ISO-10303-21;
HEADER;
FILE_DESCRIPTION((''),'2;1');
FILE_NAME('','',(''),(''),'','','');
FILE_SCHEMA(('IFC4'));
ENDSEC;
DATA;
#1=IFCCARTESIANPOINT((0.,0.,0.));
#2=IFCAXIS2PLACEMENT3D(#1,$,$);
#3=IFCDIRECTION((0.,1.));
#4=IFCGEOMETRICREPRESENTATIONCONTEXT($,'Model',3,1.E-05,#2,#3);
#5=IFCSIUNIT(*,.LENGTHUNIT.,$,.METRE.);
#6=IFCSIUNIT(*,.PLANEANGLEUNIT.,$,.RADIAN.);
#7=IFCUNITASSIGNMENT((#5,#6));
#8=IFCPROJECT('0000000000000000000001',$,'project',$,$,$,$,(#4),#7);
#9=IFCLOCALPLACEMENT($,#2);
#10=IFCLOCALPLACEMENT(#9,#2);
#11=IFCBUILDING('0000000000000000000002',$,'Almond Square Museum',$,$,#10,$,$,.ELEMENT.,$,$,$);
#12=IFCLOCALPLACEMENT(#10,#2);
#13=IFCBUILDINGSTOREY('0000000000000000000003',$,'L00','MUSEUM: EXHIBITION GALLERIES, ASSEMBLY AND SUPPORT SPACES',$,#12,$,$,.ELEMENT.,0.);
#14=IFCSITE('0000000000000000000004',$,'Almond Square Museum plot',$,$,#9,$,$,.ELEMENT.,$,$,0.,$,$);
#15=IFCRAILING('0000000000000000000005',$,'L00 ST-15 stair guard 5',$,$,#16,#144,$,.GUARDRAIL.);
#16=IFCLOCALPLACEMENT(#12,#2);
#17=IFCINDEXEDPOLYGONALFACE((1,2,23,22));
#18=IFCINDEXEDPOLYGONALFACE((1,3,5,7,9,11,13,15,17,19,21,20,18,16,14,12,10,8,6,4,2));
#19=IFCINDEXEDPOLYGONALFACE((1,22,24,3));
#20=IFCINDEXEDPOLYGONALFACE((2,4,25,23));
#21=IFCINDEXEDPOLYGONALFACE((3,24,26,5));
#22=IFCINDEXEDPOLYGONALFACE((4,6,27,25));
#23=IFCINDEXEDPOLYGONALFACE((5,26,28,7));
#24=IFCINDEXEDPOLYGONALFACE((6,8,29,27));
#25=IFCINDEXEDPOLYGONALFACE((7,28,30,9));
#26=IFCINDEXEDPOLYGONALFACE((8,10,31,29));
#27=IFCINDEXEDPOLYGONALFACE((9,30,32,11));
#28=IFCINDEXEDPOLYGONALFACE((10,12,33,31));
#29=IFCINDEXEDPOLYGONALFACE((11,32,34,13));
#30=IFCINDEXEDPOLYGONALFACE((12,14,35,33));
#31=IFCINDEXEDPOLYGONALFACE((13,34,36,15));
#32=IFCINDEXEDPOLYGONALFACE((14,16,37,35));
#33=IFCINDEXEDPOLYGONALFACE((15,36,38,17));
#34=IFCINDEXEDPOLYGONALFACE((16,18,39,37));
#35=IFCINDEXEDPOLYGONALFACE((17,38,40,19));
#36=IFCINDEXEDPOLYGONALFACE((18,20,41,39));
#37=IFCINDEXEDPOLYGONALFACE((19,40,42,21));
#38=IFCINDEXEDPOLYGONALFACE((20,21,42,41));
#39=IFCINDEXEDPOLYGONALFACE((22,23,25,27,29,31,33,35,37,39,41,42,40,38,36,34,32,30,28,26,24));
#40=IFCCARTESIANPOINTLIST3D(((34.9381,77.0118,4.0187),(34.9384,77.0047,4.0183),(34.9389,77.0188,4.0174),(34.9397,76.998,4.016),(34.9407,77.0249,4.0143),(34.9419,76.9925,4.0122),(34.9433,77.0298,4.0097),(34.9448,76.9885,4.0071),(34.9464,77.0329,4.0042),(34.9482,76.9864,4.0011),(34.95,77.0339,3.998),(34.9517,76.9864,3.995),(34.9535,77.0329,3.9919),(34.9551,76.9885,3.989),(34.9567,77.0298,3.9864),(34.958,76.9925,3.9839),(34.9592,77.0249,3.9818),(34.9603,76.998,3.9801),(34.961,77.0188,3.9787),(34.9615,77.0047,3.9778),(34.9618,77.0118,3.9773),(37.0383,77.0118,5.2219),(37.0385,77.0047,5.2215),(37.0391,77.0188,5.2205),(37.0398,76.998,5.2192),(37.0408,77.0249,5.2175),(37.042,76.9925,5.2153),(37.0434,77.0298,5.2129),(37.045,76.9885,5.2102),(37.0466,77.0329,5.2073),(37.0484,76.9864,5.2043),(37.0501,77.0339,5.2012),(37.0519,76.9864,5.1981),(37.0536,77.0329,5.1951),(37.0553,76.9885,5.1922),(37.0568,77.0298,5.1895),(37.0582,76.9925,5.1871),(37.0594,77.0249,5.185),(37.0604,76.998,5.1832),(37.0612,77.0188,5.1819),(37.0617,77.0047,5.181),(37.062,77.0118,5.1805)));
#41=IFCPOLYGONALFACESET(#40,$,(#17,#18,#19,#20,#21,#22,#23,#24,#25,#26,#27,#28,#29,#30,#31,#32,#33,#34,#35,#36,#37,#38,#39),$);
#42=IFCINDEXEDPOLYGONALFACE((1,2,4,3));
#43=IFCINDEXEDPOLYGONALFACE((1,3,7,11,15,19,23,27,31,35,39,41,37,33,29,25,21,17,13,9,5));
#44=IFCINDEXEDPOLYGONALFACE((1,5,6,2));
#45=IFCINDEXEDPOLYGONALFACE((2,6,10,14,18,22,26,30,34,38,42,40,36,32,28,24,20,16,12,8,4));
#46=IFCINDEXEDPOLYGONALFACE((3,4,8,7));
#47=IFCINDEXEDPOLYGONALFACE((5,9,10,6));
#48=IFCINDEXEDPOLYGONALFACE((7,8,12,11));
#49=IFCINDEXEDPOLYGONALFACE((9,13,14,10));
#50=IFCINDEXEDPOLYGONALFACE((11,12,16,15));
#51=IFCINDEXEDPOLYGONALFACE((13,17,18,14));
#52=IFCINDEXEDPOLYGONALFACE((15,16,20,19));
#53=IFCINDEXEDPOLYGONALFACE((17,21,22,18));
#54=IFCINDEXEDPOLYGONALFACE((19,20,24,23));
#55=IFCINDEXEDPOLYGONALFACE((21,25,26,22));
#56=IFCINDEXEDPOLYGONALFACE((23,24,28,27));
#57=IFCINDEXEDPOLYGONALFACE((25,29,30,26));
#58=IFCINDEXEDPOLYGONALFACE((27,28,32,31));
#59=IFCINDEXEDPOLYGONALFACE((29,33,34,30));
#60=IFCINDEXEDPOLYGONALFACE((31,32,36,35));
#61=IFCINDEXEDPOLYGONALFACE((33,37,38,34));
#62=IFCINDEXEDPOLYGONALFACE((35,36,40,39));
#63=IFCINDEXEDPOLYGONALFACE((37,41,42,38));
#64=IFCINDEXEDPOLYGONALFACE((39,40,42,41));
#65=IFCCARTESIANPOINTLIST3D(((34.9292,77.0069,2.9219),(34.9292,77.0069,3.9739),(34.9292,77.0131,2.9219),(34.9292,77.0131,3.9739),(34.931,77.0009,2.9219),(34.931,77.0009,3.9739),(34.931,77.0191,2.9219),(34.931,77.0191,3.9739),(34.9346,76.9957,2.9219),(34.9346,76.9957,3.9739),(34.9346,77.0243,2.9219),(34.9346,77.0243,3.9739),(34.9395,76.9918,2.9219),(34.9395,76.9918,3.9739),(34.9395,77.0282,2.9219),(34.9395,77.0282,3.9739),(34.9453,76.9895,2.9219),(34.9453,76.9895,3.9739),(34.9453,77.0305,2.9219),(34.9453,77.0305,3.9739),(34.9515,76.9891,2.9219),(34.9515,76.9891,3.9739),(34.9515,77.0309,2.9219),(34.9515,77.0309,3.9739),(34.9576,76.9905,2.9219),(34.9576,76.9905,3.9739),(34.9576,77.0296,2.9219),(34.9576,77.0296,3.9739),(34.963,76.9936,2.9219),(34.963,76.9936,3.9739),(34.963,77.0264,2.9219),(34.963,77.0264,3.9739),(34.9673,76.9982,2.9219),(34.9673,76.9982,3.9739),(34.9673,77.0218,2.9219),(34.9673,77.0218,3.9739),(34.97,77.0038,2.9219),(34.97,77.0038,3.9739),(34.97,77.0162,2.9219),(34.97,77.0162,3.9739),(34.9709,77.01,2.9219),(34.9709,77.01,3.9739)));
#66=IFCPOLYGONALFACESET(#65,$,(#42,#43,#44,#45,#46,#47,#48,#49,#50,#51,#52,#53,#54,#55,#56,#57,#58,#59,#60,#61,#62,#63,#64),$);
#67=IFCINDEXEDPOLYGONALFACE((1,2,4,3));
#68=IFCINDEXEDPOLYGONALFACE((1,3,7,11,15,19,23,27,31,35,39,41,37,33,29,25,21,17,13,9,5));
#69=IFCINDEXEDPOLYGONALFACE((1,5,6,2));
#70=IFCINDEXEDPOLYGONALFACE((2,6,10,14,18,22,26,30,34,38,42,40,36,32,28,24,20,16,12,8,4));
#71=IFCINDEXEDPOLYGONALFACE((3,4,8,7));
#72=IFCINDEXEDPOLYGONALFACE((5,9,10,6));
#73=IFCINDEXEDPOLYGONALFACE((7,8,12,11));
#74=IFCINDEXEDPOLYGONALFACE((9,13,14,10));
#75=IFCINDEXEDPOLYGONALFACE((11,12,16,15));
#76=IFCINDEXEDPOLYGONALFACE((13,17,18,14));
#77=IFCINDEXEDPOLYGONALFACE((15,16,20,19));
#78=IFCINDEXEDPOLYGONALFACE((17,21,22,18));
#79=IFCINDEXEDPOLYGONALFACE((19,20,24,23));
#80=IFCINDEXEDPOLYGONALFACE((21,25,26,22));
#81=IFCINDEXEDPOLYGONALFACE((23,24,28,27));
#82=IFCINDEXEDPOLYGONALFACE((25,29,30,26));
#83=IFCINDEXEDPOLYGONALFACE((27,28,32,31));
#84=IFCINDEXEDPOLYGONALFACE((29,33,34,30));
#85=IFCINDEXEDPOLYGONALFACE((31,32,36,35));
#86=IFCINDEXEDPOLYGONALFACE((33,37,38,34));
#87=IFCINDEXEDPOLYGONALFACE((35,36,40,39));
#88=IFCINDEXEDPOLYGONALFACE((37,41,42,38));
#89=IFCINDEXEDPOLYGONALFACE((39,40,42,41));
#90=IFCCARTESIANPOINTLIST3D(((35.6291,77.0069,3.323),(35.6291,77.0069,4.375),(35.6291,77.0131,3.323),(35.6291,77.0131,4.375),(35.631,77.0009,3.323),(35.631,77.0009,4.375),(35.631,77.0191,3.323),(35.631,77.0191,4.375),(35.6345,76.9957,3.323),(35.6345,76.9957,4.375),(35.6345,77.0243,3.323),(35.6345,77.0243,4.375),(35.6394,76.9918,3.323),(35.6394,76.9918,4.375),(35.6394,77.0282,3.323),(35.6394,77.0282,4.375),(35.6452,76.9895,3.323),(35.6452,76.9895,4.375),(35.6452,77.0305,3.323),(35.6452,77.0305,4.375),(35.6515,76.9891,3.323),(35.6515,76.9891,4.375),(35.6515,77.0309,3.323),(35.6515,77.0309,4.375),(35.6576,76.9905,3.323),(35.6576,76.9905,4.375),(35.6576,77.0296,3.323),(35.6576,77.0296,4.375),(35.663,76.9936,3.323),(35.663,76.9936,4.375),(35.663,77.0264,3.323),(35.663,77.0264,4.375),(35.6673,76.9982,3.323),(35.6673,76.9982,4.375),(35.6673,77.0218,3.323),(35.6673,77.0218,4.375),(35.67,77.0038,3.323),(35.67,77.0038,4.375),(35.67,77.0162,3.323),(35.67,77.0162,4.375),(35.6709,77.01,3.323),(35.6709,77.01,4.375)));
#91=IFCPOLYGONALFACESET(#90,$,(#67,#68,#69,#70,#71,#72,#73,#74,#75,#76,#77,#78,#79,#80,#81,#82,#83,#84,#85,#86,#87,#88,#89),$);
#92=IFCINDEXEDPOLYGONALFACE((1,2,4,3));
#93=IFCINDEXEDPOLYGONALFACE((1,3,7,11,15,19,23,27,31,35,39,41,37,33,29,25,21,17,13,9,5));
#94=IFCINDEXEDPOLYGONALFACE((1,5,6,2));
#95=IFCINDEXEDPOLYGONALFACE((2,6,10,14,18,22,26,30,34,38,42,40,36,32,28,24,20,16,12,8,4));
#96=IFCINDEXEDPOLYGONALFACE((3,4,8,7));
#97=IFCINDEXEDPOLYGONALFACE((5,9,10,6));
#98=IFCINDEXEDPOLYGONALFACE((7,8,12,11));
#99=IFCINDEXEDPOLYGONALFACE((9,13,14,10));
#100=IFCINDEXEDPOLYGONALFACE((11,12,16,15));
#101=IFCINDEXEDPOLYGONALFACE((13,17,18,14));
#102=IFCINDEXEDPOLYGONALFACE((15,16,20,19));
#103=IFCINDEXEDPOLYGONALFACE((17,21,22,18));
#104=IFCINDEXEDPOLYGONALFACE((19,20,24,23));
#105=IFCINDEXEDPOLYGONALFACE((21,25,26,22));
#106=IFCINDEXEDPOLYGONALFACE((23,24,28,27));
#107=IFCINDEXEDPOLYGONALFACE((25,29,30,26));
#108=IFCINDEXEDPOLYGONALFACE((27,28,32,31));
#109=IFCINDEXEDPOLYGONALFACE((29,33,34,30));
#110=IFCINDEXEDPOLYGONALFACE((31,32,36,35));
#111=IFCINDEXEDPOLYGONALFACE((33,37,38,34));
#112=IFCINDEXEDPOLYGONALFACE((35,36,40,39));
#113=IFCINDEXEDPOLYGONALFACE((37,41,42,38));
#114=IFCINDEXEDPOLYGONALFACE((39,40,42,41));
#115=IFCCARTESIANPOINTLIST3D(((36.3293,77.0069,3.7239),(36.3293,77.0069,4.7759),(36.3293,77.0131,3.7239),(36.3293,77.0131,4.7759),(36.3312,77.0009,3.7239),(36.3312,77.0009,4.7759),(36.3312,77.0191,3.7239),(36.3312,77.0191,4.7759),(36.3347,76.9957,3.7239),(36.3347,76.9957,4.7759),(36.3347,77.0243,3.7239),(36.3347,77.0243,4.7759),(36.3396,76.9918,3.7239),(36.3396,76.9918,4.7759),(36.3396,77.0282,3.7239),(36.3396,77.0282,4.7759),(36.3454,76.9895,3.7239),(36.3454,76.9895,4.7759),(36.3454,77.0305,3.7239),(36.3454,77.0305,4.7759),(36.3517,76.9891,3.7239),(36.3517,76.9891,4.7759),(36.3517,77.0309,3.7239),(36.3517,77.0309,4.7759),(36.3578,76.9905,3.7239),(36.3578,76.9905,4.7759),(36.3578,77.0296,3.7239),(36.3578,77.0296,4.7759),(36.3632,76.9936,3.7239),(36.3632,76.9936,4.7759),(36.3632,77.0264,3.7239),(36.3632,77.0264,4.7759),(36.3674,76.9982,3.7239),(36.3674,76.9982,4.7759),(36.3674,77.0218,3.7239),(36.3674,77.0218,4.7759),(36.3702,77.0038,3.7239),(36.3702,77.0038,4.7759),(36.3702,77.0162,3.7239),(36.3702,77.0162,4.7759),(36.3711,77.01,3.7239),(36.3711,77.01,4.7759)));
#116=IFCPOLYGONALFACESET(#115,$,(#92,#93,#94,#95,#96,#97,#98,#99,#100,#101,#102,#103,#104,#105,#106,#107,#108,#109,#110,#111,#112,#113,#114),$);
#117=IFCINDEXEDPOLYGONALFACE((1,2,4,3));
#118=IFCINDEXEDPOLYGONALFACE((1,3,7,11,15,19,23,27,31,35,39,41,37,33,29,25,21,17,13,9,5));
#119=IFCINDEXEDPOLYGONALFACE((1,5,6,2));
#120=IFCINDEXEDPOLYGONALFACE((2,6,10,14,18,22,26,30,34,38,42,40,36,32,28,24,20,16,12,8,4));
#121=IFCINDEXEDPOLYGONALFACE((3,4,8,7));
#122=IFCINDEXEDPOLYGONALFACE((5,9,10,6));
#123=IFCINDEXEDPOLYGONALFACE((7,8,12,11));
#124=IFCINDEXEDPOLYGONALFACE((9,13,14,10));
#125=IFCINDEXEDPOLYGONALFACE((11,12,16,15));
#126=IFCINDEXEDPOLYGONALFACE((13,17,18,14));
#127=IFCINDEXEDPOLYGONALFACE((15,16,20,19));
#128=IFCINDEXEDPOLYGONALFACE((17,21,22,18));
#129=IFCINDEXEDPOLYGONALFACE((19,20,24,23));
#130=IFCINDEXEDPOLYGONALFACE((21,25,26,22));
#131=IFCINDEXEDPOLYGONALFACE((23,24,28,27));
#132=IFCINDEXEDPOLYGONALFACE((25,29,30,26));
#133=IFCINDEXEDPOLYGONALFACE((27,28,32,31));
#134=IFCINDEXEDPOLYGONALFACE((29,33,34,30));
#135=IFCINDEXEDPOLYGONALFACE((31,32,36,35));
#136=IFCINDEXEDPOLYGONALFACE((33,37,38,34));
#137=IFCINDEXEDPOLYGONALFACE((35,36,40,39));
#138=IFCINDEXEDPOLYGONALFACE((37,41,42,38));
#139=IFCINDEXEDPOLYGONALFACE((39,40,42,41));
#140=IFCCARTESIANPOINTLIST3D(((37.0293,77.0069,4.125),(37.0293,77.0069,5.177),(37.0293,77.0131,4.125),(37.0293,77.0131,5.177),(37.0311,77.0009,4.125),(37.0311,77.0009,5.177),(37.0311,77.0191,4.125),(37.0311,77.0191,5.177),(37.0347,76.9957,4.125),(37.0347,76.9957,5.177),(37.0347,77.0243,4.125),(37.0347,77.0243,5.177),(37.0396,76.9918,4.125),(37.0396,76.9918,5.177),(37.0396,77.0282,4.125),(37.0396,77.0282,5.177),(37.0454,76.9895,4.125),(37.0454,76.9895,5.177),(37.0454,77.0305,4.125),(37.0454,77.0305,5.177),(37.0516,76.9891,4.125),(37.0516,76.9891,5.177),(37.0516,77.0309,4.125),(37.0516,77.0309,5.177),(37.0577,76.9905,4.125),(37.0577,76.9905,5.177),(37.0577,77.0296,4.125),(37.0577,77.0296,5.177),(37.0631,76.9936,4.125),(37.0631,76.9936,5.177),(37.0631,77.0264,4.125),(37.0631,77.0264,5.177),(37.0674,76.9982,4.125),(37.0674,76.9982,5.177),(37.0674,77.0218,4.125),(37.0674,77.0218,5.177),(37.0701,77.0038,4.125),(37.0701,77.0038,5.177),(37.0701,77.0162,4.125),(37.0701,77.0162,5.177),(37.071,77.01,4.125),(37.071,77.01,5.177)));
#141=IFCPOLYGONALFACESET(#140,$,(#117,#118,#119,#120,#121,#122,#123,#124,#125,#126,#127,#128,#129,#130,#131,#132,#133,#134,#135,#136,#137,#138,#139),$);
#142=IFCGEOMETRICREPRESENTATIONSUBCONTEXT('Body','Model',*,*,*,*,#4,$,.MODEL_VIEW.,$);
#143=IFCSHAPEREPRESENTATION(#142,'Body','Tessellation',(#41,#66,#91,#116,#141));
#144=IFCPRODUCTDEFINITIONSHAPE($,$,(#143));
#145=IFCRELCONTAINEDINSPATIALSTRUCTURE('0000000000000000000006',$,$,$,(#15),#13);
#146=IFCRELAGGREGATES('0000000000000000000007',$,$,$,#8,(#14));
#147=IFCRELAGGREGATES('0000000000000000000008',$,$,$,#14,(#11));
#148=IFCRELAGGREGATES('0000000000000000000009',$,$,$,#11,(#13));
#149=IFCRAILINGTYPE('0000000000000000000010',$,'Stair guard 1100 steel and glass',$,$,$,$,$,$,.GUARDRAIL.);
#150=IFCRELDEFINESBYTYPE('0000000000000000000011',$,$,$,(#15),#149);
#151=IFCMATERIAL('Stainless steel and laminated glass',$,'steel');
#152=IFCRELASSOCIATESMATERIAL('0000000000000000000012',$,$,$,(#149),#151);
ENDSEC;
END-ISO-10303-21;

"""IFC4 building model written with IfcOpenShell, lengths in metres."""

from ifc_helpers import new_model, si_unit, direction, frame, origin, origin_2d, place, context, subcontext, project, spatial, circle, extrude, material, type_object, element, save


model = new_model("IFC4")

# Units and contexts
model_context = context("Model", 3, precision=1e-05, world=origin(), true_north=direction((0.0, 1.0)))
body_context = subcontext(model_context, "Body", "Model", "MODEL_VIEW")
ifc_project = project(units=[si_unit("LENGTHUNIT", "METRE"), si_unit("PLANEANGLEUNIT", "RADIAN")], contexts=[model_context])

# Site, building, storey
site_placement = place(None, origin())
site = spatial("IfcSite", under=ifc_project, at=site_placement, Name="Almond Square Museum plot", CompositionType="ELEMENT", RefElevation=0.0)
building_placement = place(site_placement, origin())
building = spatial("IfcBuilding", under=site, at=building_placement, Name="Almond Square Museum", CompositionType="ELEMENT")
storey_placement = place(building_placement, origin())
storey = spatial("IfcBuildingStorey", under=building, at=storey_placement, Name="L00", Description="MUSEUM: EXHIBITION GALLERIES, ASSEMBLY AND SUPPORT SPACES", CompositionType="ELEMENT", Elevation=0.0)

# Railing
ifc_material_1 = material(Name="Stainless steel and laminated glass", Category="steel")
railing_type_1 = type_object("IfcRailingType", Name="Stair guard 1100 steel and glass", PredefinedType="GUARDRAIL", material=ifc_material_1)
railing_1_placement = place(storey_placement, frame((34.95, 77.01, 2.9219)))
element("IfcRailing", 1, at=railing_1_placement, inside=storey, type_object=railing_type_1, Name="L00 ST-15 stair guard 5", PredefinedType="GUARDRAIL", context=body_context, shape_type="SweptSolid", body=[
    extrude(circle(Radius=0.0239, at=origin_2d()), frame((0.0, 0.0, 1.0762), z_axis=(0.867696, 0.0, 0.497095), x_axis=(0.0, 1.0, 0.0)), (0.0, 0.0, 1.0), 2.4204),
    extrude(circle(Radius=0.021, at=origin_2d()), origin(), (0.0, 0.0, 1.0), 1.052),
    extrude(circle(Radius=0.021, at=origin_2d()), frame((0.7, 0.0, 0.4011)), (0.0, 0.0, 1.0), 1.052),
    extrude(circle(Radius=0.021, at=origin_2d()), frame((1.4001, 0.0, 0.802)), (0.0, 0.0, 1.0), 1.052),
    extrude(circle(Radius=0.021, at=origin_2d()), frame((2.1001, 0.0, 1.2031)), (0.0, 0.0, 1.0), 1.052),
])

save(model, "model.ifc")
